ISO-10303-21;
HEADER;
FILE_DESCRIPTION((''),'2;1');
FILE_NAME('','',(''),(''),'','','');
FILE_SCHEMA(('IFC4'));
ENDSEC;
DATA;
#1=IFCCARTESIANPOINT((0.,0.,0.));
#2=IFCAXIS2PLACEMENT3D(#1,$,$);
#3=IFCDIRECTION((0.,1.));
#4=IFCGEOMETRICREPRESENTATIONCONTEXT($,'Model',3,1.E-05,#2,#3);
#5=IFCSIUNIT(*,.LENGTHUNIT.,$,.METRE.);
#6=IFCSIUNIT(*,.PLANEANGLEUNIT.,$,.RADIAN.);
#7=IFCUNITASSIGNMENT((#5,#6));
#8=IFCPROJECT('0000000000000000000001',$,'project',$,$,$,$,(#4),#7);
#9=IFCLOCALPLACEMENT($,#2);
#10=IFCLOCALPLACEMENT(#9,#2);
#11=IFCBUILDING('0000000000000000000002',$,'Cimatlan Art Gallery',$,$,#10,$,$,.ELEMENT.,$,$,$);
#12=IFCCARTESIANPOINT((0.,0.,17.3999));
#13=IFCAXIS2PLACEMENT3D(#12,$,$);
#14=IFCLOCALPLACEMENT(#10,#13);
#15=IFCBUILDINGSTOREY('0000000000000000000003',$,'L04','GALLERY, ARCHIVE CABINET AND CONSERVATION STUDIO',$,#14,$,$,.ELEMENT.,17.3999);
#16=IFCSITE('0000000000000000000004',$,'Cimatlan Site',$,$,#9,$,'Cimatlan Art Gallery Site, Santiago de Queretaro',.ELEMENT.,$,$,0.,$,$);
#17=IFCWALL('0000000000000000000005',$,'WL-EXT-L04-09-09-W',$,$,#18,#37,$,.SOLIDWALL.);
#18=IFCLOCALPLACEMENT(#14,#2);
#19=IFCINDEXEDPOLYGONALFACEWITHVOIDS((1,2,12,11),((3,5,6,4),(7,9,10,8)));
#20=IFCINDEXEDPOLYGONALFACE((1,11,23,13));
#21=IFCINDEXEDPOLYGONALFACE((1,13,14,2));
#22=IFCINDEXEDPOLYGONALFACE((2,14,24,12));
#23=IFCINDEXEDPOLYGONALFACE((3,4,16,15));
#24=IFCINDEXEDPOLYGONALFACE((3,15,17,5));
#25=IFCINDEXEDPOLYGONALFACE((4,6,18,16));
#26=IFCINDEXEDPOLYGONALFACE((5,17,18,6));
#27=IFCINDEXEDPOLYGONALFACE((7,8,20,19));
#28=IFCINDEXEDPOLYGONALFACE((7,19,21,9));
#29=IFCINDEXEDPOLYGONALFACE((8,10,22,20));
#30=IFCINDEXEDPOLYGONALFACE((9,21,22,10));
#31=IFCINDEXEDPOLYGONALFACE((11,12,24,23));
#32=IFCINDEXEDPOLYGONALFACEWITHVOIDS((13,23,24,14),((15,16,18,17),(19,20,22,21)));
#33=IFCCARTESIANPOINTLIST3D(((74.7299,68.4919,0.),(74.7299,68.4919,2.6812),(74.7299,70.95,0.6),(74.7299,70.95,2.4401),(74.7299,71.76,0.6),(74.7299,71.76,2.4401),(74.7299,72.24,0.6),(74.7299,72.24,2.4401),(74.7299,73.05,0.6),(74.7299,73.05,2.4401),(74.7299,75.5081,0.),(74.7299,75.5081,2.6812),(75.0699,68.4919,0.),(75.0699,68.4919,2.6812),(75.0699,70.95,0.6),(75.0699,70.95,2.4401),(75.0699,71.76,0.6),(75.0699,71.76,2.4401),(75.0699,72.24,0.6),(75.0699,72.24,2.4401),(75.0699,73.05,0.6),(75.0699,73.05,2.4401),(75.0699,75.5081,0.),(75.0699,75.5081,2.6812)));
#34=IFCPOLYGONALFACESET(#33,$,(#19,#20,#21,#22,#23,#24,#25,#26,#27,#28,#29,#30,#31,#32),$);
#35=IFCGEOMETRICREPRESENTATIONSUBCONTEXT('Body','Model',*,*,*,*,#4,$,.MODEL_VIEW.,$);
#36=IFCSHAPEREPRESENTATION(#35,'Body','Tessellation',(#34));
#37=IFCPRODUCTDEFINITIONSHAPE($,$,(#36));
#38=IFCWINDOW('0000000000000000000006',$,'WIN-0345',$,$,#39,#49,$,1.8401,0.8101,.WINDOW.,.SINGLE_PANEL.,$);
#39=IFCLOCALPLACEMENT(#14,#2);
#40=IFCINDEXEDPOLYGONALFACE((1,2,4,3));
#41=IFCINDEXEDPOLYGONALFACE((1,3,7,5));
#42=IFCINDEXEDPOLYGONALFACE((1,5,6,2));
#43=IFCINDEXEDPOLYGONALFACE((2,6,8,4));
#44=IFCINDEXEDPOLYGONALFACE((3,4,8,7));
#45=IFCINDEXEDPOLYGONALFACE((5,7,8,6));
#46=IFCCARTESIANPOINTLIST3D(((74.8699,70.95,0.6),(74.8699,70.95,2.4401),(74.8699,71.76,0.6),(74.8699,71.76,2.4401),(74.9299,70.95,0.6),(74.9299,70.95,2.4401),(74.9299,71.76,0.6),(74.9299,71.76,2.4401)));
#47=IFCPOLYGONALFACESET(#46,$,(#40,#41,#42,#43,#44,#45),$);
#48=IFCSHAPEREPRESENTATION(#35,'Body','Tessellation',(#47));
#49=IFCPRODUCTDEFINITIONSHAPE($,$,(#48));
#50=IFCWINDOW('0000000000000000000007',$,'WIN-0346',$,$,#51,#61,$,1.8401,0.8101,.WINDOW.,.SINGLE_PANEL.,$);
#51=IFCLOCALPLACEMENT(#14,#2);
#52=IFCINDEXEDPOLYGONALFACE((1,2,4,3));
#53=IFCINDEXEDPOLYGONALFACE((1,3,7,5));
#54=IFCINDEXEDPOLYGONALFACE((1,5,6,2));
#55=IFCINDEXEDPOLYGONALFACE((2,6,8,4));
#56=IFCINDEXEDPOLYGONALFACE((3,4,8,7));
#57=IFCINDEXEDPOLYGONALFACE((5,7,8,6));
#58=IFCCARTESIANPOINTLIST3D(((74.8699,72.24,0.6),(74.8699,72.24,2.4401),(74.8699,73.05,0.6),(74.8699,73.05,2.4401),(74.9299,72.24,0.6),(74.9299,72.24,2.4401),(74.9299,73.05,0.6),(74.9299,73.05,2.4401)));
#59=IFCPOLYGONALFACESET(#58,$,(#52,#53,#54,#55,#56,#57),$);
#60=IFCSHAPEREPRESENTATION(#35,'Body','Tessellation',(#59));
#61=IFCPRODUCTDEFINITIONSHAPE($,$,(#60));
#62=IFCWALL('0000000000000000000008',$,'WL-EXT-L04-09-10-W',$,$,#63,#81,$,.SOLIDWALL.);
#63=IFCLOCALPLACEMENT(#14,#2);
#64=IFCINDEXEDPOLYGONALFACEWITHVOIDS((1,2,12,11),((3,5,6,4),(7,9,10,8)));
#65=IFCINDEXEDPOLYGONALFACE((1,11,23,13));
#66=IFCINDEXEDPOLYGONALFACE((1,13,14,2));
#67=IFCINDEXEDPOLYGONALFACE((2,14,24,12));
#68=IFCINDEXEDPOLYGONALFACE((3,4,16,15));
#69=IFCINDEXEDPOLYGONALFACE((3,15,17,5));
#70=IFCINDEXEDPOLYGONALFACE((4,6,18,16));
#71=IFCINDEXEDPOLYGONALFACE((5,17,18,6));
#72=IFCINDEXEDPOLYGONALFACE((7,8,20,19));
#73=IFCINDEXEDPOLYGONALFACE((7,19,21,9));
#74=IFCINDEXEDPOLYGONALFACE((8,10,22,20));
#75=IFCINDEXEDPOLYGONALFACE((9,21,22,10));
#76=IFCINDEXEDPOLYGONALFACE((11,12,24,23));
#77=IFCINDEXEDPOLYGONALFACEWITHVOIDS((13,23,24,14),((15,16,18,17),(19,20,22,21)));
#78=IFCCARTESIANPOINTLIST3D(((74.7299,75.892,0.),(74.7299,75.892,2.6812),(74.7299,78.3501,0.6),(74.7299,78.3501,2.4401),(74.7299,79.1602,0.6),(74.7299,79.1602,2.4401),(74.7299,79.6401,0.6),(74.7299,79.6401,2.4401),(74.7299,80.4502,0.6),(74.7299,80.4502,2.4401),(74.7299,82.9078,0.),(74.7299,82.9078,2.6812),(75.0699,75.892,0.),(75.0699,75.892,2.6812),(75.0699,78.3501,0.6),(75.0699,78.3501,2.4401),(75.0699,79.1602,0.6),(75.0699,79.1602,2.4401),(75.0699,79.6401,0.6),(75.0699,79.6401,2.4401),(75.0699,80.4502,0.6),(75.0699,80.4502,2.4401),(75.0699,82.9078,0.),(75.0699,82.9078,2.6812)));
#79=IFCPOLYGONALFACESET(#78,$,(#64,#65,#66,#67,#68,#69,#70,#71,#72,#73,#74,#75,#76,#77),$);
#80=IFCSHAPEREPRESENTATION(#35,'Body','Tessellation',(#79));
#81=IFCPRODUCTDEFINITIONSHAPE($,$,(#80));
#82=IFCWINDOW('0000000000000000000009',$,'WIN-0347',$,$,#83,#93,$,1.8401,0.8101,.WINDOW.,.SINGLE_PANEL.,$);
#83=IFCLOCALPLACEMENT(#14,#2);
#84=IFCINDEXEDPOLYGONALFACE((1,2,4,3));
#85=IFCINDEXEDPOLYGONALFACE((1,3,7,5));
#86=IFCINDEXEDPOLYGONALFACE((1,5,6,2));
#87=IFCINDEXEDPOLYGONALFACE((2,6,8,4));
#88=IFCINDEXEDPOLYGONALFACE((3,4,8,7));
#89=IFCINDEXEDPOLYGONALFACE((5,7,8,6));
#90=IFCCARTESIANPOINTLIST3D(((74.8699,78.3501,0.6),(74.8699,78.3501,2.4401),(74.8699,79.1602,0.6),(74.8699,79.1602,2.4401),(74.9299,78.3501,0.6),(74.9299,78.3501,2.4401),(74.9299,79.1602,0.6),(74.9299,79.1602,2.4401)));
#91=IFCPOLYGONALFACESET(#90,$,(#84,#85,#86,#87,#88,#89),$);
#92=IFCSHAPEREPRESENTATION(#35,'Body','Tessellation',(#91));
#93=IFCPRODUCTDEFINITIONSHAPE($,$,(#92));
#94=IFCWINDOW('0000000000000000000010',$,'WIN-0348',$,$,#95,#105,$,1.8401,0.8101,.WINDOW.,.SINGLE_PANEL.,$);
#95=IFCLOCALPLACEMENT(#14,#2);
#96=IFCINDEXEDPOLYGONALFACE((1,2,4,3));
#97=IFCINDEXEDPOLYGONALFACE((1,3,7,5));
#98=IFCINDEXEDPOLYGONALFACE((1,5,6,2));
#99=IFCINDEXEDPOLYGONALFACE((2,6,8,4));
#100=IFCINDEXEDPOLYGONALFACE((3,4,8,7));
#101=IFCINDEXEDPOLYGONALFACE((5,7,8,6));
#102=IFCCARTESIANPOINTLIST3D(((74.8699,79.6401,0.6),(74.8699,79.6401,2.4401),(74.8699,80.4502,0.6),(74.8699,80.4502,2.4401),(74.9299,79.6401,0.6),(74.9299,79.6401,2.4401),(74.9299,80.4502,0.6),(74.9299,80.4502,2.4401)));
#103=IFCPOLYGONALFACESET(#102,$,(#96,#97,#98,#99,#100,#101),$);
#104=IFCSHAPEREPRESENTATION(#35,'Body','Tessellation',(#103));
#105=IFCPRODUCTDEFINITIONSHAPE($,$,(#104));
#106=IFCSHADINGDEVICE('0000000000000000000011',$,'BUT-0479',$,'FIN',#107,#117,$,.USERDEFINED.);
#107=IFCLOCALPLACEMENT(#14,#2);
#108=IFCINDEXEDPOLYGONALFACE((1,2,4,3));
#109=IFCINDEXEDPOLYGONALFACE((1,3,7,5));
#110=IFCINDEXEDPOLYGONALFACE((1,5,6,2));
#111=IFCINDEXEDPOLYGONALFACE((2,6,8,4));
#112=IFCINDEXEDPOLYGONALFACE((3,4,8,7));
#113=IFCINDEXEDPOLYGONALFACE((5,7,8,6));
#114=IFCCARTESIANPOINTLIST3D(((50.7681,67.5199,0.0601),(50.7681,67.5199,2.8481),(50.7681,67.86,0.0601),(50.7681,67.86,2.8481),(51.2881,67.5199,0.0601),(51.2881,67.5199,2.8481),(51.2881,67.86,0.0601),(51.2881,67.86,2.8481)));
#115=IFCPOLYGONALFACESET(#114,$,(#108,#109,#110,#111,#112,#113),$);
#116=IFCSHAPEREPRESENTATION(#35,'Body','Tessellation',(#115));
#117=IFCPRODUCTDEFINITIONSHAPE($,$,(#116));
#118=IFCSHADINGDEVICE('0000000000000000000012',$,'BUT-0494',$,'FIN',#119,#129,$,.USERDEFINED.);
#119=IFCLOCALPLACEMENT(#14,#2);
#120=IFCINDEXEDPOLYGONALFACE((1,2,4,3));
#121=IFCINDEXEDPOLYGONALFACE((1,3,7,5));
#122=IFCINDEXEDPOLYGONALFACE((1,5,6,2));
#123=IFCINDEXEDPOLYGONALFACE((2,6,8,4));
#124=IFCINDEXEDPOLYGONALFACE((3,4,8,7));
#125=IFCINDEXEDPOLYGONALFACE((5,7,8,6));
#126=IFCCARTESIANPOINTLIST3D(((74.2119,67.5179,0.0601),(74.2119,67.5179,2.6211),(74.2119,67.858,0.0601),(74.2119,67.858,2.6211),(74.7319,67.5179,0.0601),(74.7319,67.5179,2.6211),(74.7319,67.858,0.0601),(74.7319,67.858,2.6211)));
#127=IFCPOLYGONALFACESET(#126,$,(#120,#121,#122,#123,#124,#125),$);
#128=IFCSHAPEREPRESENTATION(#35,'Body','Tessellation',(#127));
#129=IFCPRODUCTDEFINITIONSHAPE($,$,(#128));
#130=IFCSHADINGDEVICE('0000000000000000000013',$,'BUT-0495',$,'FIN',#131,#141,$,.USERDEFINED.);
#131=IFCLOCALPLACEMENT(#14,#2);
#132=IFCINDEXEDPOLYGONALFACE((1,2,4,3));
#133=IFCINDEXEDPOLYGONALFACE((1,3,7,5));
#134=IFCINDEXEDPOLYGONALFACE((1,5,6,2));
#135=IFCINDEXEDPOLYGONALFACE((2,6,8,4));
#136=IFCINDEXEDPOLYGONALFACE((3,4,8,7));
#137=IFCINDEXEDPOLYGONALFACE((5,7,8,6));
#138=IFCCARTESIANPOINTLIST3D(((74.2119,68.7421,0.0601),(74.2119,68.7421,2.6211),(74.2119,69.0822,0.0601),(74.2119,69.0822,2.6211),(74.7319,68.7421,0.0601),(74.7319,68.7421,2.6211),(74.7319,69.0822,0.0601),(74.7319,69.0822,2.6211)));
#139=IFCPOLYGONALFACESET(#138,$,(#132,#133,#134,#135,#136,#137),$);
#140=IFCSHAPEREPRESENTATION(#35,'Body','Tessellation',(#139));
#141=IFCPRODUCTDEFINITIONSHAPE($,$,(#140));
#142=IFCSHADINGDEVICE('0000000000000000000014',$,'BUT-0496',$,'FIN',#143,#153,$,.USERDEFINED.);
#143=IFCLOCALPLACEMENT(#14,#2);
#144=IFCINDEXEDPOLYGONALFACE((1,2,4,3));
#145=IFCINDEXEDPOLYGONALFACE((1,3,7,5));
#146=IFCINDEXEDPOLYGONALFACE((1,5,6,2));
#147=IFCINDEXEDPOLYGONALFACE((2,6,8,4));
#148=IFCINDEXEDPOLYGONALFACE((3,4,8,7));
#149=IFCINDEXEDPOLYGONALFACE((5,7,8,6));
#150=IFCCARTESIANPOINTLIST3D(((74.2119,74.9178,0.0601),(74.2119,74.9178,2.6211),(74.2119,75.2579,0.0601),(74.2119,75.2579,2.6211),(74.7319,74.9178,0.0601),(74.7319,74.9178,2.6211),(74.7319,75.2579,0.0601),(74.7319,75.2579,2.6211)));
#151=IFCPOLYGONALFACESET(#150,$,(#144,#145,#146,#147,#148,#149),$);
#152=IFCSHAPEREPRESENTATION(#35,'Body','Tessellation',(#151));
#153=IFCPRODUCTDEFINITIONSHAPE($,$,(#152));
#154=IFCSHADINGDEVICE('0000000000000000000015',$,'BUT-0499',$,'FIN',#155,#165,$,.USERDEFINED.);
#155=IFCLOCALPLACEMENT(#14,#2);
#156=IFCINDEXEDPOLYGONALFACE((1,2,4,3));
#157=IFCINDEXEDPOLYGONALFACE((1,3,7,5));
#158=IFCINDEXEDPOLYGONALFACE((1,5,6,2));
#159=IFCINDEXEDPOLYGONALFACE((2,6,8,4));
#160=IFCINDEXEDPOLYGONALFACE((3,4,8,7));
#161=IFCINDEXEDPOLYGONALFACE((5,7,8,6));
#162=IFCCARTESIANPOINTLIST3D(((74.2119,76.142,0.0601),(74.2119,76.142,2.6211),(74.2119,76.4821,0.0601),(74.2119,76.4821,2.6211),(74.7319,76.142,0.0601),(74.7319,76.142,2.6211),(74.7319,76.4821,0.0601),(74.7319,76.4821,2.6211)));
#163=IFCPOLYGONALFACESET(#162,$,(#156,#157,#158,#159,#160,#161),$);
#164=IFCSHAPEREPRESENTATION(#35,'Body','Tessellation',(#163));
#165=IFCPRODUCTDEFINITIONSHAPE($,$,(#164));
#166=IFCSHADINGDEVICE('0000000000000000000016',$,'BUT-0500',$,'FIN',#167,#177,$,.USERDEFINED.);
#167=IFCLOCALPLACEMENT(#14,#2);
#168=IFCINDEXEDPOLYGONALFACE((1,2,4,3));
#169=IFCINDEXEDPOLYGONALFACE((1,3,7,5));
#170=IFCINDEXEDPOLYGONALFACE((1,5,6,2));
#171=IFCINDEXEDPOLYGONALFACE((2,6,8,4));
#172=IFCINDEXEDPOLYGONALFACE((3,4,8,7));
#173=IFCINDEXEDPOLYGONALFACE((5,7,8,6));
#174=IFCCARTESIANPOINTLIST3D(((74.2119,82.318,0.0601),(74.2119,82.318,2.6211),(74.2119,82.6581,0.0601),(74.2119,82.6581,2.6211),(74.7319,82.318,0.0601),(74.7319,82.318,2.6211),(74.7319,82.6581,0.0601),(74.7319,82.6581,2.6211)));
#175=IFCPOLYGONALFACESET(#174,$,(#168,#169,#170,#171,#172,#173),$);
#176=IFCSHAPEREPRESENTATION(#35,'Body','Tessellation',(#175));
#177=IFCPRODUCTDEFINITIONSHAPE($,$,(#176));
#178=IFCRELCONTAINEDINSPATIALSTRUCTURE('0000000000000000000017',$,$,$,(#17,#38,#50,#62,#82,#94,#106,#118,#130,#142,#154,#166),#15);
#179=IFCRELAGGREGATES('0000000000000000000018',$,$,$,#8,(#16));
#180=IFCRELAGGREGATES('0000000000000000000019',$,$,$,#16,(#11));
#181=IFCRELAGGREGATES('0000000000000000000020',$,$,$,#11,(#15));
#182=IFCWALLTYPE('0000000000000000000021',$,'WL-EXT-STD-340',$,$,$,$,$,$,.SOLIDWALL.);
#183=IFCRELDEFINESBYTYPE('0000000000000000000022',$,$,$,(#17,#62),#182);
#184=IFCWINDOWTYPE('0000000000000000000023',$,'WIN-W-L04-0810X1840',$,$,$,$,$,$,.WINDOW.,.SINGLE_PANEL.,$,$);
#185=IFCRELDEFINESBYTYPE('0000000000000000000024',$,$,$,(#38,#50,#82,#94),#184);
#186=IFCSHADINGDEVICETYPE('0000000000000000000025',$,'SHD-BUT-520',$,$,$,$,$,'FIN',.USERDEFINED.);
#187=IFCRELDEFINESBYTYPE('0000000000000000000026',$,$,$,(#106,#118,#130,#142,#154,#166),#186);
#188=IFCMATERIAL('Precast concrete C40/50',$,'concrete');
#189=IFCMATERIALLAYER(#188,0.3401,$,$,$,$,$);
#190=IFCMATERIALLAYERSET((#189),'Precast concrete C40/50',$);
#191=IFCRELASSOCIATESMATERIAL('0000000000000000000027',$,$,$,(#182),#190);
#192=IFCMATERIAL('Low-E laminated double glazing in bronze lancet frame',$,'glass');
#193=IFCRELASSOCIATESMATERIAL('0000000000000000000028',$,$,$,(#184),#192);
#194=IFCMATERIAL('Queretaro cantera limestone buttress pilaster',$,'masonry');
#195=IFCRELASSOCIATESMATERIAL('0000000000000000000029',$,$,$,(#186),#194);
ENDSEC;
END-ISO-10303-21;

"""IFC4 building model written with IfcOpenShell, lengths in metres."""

from ifc_helpers import new_model, si_unit, direction, frame, frame_2d, origin, origin_2d, place, context, subcontext, project, spatial, rectangle, extrude, material, layer, layer_set, type_object, element, fill, save


model = new_model("IFC4")

# Units and contexts
model_context = context("Model", 3, precision=1e-05, world=origin(), true_north=direction((0.0, 1.0)))
body_context = subcontext(model_context, "Body", "Model", "MODEL_VIEW")
ifc_project = project(units=[si_unit("LENGTHUNIT", "METRE"), si_unit("PLANEANGLEUNIT", "RADIAN")], contexts=[model_context])

# Site, building, storey
site_placement = place(None, origin())
site = spatial("IfcSite", under=ifc_project, at=site_placement, Name="Cimatlan Site", LongName="Cimatlan Art Gallery Site, Santiago de Queretaro", CompositionType="ELEMENT", RefElevation=0.0)
building_placement = place(site_placement, origin())
building = spatial("IfcBuilding", under=site, at=building_placement, Name="Cimatlan Art Gallery", CompositionType="ELEMENT")
storey_placement = place(building_placement, frame((0.0, 0.0, 17.3999)))
storey = spatial("IfcBuildingStorey", under=building, at=storey_placement, Name="L04", Description="GALLERY, ARCHIVE CABINET AND CONSERVATION STUDIO", CompositionType="ELEMENT", Elevation=17.3999)

# Walls, openings, windows
ifc_material_1 = material(Name="Precast concrete C40/50", Category="concrete")
ifc_layer = layer(ifc_material_1, 0.3401)
ifc_layer_set = layer_set([ifc_layer], Name="Precast concrete C40/50")
wall_type = type_object("IfcWallType", Name="WL-EXT-STD-340", PredefinedType="SOLIDWALL", material=ifc_layer_set)
ifc_material_2 = material(Name="Low-E laminated double glazing in bronze lancet frame", Category="glass")
wall_1_placement = place(storey_placement, frame((74.8999, 68.4919, 0.0), z_axis=(0.0, 0.0, 1.0), x_axis=(0.0, 1.0, 0.0)))
wall_1 = element("IfcWall", 1, at=wall_1_placement, inside=storey, type_object=wall_type, Name="WL-EXT-L04-09-09-W", PredefinedType="SOLIDWALL", context=body_context, shape_type="SweptSolid", body=[
    extrude(rectangle(XDim=7.0161, YDim=0.3401, at=frame_2d((3.5081, 0.0))), origin(), (0.0, 0.0, 1.0), 2.6812),
])
opening_1_placement = place(wall_1_placement, frame((2.458, 0.0, 0.6001)))
opening_1 = element("IfcOpeningElement", 2, at=opening_1_placement, cuts=wall_1, PredefinedType="OPENING", context=body_context, shape_type="SweptSolid", body=[
    extrude(rectangle(XDim=0.8101, YDim=1.8401, at=frame_2d((0.405, 0.9199))), frame((0.0, 0.1802, 0.0), z_axis=(0.0, -1.0, 0.0), x_axis=(1.0, 0.0, 0.0)), (0.0, 0.0, 1.0), 0.3601),
])
opening_2_placement = place(wall_1_placement, frame((3.748, 0.0, 0.6001)))
opening_2 = element("IfcOpeningElement", 3, at=opening_2_placement, cuts=wall_1, PredefinedType="OPENING", context=body_context, shape_type="SweptSolid", body=[
    extrude(rectangle(XDim=0.8101, YDim=1.8401, at=frame_2d((0.405, 0.9199))), frame((0.0, 0.1802, 0.0), z_axis=(0.0, -1.0, 0.0), x_axis=(1.0, 0.0, 0.0)), (0.0, 0.0, 1.0), 0.3601),
])
window_type_1 = type_object("IfcWindowType", Name="WIN-W-L04-0810X1840", PartitioningType="SINGLE_PANEL", PredefinedType="WINDOW", material=ifc_material_2)
window_1_placement = place(opening_1_placement, origin())
window_1 = element("IfcWindow", 4, at=window_1_placement, inside=storey, type_object=window_type_1, Name="WIN-0345", OverallHeight=1.8401, OverallWidth=0.8101, PartitioningType="SINGLE_PANEL", PredefinedType="WINDOW", context=body_context, shape_type="SweptSolid", body=[
    extrude(rectangle(XDim=0.8101, YDim=1.8401, at=frame_2d((0.405, 0.9199))), frame((0.0, 0.03, 0.0), z_axis=(0.0, -1.0, 0.0), x_axis=(1.0, 0.0, 0.0)), (0.0, 0.0, 1.0), 0.0601),
])
fill(opening_1, window_1)
window_2_placement = place(opening_2_placement, origin())
window_2 = element("IfcWindow", 5, at=window_2_placement, inside=storey, type_object=window_type_1, Name="WIN-0346", OverallHeight=1.8401, OverallWidth=0.8101, PartitioningType="SINGLE_PANEL", PredefinedType="WINDOW", context=body_context, shape_type="SweptSolid", body=[
    extrude(rectangle(XDim=0.8101, YDim=1.8401, at=frame_2d((0.405, 0.9199))), frame((0.0, 0.03, 0.0), z_axis=(0.0, -1.0, 0.0), x_axis=(1.0, 0.0, 0.0)), (0.0, 0.0, 1.0), 0.0601),
])
fill(opening_2, window_2)
wall_2_placement = place(storey_placement, frame((74.8999, 75.8921, 0.0), z_axis=(0.0, 0.0, 1.0), x_axis=(0.0, 1.0, 0.0)))
wall_2 = element("IfcWall", 6, at=wall_2_placement, inside=storey, type_object=wall_type, Name="WL-EXT-L04-09-10-W", PredefinedType="SOLIDWALL", context=body_context, shape_type="SweptSolid", body=[
    extrude(rectangle(XDim=7.0159, YDim=0.3401, at=frame_2d((3.5078, 0.0))), origin(), (0.0, 0.0, 1.0), 2.6812),
])
opening_3_placement = place(wall_2_placement, frame((2.458, 0.0, 0.6001)))
opening_3 = element("IfcOpeningElement", 7, at=opening_3_placement, cuts=wall_2, PredefinedType="OPENING", context=body_context, shape_type="SweptSolid", body=[
    extrude(rectangle(XDim=0.8101, YDim=1.8401, at=frame_2d((0.405, 0.9199))), frame((0.0, 0.1802, 0.0), z_axis=(0.0, -1.0, 0.0), x_axis=(1.0, 0.0, 0.0)), (0.0, 0.0, 1.0), 0.3601),
])
opening_4_placement = place(wall_2_placement, frame((3.748, 0.0, 0.6001)))
opening_4 = element("IfcOpeningElement", 8, at=opening_4_placement, cuts=wall_2, PredefinedType="OPENING", context=body_context, shape_type="SweptSolid", body=[
    extrude(rectangle(XDim=0.8101, YDim=1.8401, at=frame_2d((0.405, 0.9199))), frame((0.0, 0.1802, 0.0), z_axis=(0.0, -1.0, 0.0), x_axis=(1.0, 0.0, 0.0)), (0.0, 0.0, 1.0), 0.3601),
])
window_3_placement = place(opening_3_placement, origin())
window_3 = element("IfcWindow", 9, at=window_3_placement, inside=storey, type_object=window_type_1, Name="WIN-0347", OverallHeight=1.8401, OverallWidth=0.8101, PartitioningType="SINGLE_PANEL", PredefinedType="WINDOW", context=body_context, shape_type="SweptSolid", body=[
    extrude(rectangle(XDim=0.8101, YDim=1.8401, at=frame_2d((0.405, 0.9199))), frame((0.0, 0.03, 0.0), z_axis=(0.0, -1.0, 0.0), x_axis=(1.0, 0.0, 0.0)), (0.0, 0.0, 1.0), 0.0601),
])
fill(opening_3, window_3)
window_4_placement = place(opening_4_placement, origin())
window_4 = element("IfcWindow", 10, at=window_4_placement, inside=storey, type_object=window_type_1, Name="WIN-0348", OverallHeight=1.8401, OverallWidth=0.8101, PartitioningType="SINGLE_PANEL", PredefinedType="WINDOW", context=body_context, shape_type="SweptSolid", body=[
    extrude(rectangle(XDim=0.8101, YDim=1.8401, at=frame_2d((0.405, 0.9199))), frame((0.0, 0.03, 0.0), z_axis=(0.0, -1.0, 0.0), x_axis=(1.0, 0.0, 0.0)), (0.0, 0.0, 1.0), 0.0601),
])
fill(opening_4, window_4)

# Shading devices
ifc_material_3 = material(Name="Queretaro cantera limestone buttress pilaster", Category="masonry")
shading_device_type = type_object("IfcShadingDeviceType", Name="SHD-BUT-520", ElementType="FIN", PredefinedType="USERDEFINED", material=ifc_material_3)
shading_device_placement = place(storey_placement, frame((51.0281, 67.6899, 0.0601), z_axis=(0.0, 0.0, 1.0), x_axis=(0.0, -1.0, 0.0)))
element("IfcShadingDevice", 11, at=shading_device_placement, inside=storey, type_object=shading_device_type, Name="BUT-0479", ObjectType="FIN", PredefinedType="USERDEFINED", context=body_context, shape_type="SweptSolid", body=[
    extrude(rectangle(XDim=0.3401, YDim=0.52, at=origin_2d()), origin(), (0.0, 0.0, 1.0), 2.7881),
])
for number, where, z_axis, x_axis, name in (
    (12, (74.4719, 67.688, 0.0601), (0.0, 0.0, 1.0), (0.0, 1.0, 0.0), "BUT-0494"),
    (13, (74.4719, 68.9121, 0.0601), (0.0, 0.0, 1.0), (0.0, 1.0, 0.0), "BUT-0495"),
    (14, (74.4719, 75.0879, 0.0601), (0.0, 0.0, 1.0), (0.0, 1.0, 0.0), "BUT-0496"),
    (15, (74.4719, 76.312, 0.0601), (0.0, 0.0, 1.0), (0.0, 1.0, 0.0), "BUT-0499"),
    (16, (74.4719, 82.488, 0.0601), (0.0, 0.0, 1.0), (0.0, 1.0, 0.0), "BUT-0500"),
):
    element("IfcShadingDevice", number, at=place(storey_placement, frame(where, z_axis=z_axis, x_axis=x_axis)), inside=storey, type_object=shading_device_type, Name=name, ObjectType="FIN", PredefinedType="USERDEFINED", context=body_context, shape_type="SweptSolid", body=[
        extrude(rectangle(XDim=0.3401, YDim=0.52, at=origin_2d()), origin(), (0.0, 0.0, 1.0), 2.561),
    ])

save(model, "model.ifc")
